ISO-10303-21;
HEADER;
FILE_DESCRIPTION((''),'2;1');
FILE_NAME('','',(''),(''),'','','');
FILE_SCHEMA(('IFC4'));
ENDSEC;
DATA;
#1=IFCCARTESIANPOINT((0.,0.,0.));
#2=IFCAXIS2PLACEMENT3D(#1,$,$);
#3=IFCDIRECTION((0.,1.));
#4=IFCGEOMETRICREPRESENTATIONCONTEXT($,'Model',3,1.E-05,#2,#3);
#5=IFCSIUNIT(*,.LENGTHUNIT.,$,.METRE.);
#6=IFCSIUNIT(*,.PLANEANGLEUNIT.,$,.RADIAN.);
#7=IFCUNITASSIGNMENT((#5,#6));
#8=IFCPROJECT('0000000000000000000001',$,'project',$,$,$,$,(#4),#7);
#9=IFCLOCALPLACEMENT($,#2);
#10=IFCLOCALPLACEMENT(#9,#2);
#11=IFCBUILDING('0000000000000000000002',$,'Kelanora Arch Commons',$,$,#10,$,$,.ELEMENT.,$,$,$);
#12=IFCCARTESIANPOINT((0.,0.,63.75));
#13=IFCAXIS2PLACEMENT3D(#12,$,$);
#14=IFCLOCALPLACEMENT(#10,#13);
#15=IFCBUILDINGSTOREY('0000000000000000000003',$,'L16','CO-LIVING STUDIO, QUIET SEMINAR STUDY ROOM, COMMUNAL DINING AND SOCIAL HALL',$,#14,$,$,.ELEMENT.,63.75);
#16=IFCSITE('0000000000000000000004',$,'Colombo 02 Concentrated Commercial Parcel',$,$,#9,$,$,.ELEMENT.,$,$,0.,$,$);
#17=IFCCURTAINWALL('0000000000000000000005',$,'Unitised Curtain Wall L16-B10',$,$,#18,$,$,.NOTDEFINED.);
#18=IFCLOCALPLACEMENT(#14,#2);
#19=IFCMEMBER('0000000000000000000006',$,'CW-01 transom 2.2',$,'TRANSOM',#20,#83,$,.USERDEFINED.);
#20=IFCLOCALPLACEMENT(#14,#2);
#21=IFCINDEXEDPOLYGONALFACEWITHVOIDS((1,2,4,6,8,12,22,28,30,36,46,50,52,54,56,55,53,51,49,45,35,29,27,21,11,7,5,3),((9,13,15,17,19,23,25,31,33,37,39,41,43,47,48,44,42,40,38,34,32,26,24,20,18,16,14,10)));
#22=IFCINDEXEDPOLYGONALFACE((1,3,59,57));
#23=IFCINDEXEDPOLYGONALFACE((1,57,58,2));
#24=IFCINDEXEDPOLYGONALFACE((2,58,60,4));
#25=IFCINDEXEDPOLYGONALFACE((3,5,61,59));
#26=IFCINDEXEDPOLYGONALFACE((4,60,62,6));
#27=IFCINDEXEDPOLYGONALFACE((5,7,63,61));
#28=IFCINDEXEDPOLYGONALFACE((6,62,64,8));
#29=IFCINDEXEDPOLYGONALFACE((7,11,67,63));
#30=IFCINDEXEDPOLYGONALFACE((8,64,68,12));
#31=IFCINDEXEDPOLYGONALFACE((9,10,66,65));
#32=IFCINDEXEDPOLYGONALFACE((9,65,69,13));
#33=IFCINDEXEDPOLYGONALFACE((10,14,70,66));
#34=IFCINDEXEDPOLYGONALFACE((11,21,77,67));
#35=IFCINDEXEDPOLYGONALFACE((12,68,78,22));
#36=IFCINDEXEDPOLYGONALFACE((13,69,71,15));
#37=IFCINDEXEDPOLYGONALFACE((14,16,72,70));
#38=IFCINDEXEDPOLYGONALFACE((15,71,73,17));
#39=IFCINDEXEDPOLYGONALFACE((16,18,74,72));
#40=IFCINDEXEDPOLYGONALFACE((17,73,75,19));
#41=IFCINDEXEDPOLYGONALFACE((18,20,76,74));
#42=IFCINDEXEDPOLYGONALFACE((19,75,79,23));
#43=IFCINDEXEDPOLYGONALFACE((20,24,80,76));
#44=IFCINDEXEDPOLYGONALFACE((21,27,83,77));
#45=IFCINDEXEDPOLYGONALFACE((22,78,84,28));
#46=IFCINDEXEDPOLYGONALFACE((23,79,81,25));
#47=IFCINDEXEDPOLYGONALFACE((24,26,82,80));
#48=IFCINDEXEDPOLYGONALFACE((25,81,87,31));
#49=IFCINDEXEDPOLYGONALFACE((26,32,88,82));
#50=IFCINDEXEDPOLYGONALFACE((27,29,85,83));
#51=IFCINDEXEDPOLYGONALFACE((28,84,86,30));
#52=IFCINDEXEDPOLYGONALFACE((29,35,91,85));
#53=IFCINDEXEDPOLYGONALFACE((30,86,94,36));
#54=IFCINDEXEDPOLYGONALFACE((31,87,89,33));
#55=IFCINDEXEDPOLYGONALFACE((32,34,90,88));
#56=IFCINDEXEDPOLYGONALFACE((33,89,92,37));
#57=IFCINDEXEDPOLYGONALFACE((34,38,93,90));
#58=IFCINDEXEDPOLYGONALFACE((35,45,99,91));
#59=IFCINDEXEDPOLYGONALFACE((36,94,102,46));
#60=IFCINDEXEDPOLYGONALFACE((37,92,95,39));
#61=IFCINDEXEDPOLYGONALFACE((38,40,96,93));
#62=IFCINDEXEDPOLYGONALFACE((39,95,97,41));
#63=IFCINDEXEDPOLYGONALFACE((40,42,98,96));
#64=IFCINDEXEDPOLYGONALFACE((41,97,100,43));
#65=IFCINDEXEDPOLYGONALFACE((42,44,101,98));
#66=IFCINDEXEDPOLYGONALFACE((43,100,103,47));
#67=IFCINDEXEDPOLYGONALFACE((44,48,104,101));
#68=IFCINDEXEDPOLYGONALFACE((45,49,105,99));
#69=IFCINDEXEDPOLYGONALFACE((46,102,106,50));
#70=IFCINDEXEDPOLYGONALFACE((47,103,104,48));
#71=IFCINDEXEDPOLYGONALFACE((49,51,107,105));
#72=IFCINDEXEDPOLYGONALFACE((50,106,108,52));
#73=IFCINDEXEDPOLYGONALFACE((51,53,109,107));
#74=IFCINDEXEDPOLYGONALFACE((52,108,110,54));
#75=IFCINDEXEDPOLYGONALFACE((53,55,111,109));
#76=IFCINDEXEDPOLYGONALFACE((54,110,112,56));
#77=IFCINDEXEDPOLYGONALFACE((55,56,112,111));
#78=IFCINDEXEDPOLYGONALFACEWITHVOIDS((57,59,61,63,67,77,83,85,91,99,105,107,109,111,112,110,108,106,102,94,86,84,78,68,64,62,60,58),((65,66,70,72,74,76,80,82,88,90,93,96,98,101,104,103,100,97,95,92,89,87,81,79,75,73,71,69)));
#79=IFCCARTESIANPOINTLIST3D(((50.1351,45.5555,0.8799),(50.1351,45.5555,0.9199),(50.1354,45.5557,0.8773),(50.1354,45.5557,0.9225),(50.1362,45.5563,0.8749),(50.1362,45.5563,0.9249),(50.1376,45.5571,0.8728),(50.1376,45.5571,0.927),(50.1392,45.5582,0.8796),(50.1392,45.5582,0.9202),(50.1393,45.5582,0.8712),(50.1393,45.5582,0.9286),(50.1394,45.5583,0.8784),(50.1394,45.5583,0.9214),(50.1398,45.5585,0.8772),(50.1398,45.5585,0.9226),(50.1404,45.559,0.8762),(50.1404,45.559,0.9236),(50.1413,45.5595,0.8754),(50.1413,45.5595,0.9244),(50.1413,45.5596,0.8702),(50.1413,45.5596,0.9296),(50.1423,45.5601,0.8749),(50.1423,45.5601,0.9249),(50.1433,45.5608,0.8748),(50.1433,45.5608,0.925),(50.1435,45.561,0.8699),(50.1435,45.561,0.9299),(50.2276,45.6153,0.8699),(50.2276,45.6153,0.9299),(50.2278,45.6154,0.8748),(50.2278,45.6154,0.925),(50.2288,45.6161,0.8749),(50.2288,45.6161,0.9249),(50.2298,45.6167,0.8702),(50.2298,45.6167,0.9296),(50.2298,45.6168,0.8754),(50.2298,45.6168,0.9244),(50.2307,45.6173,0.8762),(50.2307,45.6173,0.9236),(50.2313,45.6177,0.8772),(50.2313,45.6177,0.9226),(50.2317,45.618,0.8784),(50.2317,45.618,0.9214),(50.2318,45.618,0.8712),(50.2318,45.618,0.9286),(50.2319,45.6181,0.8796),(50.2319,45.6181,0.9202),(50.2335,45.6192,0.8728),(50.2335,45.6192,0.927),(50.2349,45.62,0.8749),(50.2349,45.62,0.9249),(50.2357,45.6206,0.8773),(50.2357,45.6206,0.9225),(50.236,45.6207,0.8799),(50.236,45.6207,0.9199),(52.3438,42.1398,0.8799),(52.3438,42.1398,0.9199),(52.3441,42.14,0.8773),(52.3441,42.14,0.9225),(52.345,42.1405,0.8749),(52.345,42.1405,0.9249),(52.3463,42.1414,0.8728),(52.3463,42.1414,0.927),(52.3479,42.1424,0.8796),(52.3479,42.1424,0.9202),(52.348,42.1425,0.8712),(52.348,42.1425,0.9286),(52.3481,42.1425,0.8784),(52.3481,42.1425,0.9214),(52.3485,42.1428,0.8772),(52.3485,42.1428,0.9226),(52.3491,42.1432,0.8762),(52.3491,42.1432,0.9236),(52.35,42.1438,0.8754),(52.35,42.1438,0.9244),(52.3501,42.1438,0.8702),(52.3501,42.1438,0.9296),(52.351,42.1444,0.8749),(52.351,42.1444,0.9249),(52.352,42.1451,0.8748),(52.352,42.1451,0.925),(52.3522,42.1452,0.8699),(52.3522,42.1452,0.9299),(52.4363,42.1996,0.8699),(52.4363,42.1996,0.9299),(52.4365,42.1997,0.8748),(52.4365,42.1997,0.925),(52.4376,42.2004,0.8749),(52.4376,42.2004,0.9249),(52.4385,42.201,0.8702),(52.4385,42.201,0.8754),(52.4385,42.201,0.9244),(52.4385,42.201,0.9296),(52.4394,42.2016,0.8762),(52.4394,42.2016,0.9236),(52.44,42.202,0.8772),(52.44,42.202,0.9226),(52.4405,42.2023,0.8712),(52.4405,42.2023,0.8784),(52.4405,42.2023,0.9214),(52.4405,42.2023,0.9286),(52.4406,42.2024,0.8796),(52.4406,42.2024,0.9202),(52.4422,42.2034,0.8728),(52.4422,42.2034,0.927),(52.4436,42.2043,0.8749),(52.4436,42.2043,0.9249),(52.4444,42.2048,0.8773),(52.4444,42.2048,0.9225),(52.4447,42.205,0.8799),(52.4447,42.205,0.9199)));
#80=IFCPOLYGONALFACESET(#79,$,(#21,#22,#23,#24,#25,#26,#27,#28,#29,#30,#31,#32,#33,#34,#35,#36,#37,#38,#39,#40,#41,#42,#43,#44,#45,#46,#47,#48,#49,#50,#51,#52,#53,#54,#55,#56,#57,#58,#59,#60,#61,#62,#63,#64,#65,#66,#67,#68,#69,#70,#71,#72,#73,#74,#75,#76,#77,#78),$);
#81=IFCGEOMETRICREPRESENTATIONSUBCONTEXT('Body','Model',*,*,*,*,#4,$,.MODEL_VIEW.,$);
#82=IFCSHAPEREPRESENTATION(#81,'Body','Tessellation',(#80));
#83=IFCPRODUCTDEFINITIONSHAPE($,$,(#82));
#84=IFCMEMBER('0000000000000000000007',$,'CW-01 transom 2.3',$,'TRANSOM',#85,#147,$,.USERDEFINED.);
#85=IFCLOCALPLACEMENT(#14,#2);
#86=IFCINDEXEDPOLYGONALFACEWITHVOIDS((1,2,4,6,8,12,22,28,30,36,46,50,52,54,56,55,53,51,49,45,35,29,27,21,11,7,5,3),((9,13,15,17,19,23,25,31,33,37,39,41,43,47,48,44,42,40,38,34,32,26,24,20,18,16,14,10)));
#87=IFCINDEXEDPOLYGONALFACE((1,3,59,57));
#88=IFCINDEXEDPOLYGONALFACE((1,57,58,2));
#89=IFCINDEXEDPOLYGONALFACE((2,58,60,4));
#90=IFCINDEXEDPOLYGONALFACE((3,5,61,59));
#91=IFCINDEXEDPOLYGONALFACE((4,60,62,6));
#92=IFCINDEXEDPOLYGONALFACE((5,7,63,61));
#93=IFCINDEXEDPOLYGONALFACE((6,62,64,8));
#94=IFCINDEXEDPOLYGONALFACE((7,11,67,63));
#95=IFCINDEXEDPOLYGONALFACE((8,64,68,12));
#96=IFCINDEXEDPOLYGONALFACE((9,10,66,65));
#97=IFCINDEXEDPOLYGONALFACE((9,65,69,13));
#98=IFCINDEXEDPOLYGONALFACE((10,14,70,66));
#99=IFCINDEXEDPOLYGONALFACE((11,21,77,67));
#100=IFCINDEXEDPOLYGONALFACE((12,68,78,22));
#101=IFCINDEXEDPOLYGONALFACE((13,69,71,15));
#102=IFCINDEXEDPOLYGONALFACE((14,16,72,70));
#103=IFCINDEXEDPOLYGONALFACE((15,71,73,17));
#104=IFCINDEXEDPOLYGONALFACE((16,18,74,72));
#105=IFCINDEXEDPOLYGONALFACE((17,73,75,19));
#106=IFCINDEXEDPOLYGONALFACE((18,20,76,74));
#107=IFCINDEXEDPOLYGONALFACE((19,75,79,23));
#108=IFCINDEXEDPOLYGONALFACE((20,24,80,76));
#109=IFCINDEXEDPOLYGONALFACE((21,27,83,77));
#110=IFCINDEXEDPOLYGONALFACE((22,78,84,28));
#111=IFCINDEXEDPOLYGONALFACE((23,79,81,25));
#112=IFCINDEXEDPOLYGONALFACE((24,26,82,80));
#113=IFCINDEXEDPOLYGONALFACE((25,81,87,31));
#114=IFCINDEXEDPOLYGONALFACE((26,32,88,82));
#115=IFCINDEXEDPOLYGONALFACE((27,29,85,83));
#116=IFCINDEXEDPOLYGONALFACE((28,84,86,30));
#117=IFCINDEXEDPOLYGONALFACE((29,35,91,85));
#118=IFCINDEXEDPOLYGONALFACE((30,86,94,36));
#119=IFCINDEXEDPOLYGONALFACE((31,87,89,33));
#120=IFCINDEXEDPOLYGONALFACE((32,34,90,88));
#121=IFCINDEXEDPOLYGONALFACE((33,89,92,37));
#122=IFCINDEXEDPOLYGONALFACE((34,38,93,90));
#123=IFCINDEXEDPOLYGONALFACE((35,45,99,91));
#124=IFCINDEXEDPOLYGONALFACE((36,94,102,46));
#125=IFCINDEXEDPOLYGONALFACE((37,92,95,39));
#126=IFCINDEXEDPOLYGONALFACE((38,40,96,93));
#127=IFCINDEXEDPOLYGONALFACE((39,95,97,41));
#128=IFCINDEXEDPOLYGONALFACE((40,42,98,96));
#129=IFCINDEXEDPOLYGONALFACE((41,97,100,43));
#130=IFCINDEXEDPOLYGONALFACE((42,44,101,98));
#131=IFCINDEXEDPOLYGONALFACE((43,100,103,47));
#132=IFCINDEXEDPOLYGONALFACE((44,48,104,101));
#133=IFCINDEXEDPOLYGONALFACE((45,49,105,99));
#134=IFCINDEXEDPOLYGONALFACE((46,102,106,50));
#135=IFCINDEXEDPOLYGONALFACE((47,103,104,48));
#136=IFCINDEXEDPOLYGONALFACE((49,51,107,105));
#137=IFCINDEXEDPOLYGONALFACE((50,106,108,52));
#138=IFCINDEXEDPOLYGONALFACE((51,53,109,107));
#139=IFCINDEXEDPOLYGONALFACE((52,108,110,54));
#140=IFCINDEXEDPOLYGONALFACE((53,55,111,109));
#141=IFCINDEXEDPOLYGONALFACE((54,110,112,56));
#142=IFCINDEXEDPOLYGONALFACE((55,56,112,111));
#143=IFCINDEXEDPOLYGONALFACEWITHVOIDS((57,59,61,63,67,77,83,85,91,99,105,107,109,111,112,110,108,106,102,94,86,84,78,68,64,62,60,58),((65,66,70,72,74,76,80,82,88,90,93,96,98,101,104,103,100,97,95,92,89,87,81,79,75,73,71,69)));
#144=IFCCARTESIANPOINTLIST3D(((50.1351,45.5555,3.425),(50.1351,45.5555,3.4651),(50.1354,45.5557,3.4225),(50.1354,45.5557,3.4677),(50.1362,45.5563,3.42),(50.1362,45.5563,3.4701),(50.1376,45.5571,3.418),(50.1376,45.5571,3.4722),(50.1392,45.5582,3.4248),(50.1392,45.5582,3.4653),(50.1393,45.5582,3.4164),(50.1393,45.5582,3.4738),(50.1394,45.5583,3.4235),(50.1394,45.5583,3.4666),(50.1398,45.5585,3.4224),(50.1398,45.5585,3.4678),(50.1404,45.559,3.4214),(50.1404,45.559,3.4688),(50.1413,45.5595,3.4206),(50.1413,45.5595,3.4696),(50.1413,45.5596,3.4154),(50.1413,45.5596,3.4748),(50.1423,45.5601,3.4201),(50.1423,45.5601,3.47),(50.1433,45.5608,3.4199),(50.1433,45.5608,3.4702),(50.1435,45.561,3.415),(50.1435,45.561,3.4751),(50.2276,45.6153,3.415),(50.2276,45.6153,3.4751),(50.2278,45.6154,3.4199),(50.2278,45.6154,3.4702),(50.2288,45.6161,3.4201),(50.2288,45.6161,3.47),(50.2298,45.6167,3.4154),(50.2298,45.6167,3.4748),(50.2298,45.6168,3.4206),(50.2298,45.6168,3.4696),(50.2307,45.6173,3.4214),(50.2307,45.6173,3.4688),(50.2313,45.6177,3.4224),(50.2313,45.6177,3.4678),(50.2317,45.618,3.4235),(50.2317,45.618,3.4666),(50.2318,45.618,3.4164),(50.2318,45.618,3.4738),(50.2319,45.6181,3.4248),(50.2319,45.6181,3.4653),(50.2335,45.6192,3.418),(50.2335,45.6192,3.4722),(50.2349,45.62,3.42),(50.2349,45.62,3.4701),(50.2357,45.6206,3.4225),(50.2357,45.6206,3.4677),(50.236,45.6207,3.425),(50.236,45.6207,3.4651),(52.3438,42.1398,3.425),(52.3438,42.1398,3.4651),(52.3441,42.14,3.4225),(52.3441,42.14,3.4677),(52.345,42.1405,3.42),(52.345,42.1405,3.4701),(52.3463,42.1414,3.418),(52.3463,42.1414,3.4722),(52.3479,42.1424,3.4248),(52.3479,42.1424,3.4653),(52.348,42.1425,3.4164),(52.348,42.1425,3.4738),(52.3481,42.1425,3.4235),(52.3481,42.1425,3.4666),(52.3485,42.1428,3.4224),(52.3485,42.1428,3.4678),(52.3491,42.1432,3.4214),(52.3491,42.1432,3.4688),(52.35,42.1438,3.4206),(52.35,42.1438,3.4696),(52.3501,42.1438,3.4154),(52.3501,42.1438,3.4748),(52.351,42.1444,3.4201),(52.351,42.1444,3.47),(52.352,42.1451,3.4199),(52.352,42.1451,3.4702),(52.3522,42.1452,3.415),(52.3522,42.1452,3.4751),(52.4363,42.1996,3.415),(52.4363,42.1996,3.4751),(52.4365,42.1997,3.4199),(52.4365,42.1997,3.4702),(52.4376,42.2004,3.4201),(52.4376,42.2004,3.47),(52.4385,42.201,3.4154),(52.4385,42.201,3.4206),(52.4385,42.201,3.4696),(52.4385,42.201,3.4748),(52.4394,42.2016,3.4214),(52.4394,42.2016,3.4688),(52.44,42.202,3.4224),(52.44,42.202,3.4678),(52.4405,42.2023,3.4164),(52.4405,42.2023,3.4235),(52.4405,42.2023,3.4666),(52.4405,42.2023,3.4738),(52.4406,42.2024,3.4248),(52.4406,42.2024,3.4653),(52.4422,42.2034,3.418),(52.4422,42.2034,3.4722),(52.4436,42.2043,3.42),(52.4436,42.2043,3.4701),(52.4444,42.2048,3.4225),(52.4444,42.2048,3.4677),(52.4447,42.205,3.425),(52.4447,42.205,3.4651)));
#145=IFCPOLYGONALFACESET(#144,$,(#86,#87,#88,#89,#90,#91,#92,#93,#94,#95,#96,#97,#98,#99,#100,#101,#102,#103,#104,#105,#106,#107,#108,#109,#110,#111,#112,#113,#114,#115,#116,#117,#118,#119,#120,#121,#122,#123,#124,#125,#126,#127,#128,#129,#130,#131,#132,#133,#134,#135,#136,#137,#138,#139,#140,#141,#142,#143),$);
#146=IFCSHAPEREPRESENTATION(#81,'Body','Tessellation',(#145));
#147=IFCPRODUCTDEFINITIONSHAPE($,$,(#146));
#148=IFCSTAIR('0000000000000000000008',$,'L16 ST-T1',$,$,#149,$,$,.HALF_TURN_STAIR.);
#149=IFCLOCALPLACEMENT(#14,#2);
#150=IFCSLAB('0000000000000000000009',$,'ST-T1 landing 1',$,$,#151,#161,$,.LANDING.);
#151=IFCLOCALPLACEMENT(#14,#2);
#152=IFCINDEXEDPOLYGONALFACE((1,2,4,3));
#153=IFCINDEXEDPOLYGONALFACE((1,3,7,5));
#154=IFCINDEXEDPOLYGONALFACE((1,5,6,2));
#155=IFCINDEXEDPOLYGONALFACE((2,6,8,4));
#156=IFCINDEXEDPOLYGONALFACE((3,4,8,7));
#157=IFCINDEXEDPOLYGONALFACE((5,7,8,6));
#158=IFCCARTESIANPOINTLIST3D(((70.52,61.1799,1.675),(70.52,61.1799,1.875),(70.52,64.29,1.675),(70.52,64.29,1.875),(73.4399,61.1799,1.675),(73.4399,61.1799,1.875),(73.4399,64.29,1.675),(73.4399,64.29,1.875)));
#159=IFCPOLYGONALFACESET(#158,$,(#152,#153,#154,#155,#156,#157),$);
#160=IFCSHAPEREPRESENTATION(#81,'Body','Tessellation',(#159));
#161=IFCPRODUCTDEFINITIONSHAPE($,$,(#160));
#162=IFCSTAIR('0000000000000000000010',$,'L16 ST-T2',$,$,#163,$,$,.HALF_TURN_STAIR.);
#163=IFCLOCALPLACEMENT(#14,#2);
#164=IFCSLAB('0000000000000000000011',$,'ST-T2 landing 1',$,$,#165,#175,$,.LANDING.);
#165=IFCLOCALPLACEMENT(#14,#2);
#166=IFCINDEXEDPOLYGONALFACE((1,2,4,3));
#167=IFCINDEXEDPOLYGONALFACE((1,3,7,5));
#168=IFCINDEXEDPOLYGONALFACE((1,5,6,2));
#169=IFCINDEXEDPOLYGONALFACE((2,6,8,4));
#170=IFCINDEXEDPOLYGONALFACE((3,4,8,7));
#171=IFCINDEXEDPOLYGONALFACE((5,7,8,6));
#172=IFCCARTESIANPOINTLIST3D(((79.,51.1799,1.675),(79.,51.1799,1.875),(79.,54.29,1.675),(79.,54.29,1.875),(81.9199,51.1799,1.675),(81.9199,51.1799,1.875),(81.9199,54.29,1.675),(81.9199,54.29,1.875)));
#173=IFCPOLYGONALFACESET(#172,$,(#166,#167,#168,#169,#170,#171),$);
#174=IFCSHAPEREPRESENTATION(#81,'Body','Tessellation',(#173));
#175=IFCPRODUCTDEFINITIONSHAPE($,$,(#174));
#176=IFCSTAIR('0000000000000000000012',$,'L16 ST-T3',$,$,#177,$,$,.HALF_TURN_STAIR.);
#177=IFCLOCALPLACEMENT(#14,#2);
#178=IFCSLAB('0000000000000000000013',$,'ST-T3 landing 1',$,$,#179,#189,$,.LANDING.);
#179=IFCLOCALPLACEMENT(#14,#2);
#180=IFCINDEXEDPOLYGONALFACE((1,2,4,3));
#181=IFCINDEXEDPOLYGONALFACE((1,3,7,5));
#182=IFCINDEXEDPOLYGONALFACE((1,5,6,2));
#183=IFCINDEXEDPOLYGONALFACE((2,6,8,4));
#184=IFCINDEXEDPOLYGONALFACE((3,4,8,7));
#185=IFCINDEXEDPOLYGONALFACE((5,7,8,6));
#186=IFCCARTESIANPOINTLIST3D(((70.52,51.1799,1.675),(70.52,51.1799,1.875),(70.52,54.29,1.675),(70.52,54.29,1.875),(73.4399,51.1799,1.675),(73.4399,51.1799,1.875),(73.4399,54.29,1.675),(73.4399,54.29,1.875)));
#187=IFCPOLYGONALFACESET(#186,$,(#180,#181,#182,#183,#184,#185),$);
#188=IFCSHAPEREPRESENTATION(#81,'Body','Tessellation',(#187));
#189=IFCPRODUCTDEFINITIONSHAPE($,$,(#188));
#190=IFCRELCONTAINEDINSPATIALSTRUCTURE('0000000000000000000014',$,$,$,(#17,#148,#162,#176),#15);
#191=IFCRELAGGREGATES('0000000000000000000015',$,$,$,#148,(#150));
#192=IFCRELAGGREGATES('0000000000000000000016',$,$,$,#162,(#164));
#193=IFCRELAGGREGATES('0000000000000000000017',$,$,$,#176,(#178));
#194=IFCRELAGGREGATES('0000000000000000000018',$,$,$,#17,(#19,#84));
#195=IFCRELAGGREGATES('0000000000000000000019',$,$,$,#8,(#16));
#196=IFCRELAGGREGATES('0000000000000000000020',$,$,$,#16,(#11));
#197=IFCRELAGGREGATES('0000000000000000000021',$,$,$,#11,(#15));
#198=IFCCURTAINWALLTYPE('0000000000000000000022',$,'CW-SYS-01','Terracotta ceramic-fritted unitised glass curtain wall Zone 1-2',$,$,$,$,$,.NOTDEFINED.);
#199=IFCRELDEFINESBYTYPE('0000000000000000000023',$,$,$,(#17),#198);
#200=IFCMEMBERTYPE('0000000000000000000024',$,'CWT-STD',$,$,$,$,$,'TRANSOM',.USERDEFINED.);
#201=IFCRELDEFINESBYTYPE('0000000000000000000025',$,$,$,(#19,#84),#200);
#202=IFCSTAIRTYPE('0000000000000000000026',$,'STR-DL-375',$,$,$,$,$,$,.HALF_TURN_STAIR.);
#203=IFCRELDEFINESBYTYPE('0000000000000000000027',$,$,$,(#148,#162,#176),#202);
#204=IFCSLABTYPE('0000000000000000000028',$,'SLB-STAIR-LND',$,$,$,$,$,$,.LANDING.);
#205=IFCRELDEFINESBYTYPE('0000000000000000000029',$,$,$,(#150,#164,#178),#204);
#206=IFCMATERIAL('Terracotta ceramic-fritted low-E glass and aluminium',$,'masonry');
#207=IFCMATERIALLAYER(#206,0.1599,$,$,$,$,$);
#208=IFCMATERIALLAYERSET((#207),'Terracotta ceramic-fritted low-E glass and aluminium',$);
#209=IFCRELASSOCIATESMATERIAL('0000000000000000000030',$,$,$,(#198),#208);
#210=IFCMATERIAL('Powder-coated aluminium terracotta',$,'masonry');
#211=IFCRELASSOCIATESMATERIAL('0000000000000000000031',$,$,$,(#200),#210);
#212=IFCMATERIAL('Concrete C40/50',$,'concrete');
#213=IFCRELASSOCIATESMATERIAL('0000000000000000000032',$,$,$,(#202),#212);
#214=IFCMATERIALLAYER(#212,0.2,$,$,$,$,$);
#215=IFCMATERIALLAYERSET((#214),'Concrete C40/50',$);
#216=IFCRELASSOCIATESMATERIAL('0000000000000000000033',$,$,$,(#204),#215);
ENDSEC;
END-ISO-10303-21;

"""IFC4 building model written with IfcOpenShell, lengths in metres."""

from ifc_helpers import new_model, si_unit, direction, frame, origin, origin_2d, place, context, subcontext, project, spatial, polyline, hollow_rectangle, outline, extrude, material, layer, layer_set, material_profile, profile_set, type_object, element, aggregate, save


model = new_model("IFC4")

# Units and contexts
model_context = context("Model", 3, precision=1e-05, world=origin(), true_north=direction((0.0, 1.0)))
body_context = subcontext(model_context, "Body", "Model", "MODEL_VIEW")
ifc_project = project(units=[si_unit("LENGTHUNIT", "METRE"), si_unit("PLANEANGLEUNIT", "RADIAN")], contexts=[model_context])

# Site, building, storey
site_placement = place(None, origin())
site = spatial("IfcSite", under=ifc_project, at=site_placement, Name="Colombo 02 Concentrated Commercial Parcel", CompositionType="ELEMENT", RefElevation=0.0)
building_placement = place(site_placement, origin())
building = spatial("IfcBuilding", under=site, at=building_placement, Name="Kelanora Arch Commons", CompositionType="ELEMENT")
storey_placement = place(building_placement, frame((0.0, 0.0, 63.75)))
storey = spatial("IfcBuildingStorey", under=building, at=storey_placement, Name="L16", Description="CO-LIVING STUDIO, QUIET SEMINAR STUDY ROOM, COMMUNAL DINING AND SOCIAL HALL", CompositionType="ELEMENT", Elevation=63.75)

# Shared definitions
ifc_material_1 = material(Name="Terracotta ceramic-fritted low-E glass and aluminium", Category="masonry")
ifc_layer_1 = layer(ifc_material_1, 0.1599)
ifc_layer_set_1 = layer_set([ifc_layer_1], Name="Terracotta ceramic-fritted low-E glass and aluminium")
curtain_wall_type = type_object("IfcCurtainWallType", Name="CW-SYS-01", Description="Terracotta ceramic-fritted unitised glass curtain wall Zone 1-2", PredefinedType="NOTDEFINED", material=ifc_layer_set_1)
ifc_material_2 = material(Name="Powder-coated aluminium terracotta", Category="masonry")

# Curtain wall, members
curtain_wall_1_placement = place(storey_placement, origin())
curtain_wall_1 = element("IfcCurtainWall", 1, at=curtain_wall_1_placement, inside=storey, type_object=curtain_wall_type, Name="Unitised Curtain Wall L16-B10", PredefinedType="NOTDEFINED")
ifc_material_profile_1 = material_profile(ifc_material_2, hollow_rectangle(XDim=0.1201, YDim=0.0601, WallThickness=0.0049, InnerFilletRadius=0.0049, OuterFilletRadius=0.01, at=origin_2d()), Name="CWT120x60")
ifc_profile_set_1 = profile_set([ifc_material_profile_1], Name="Powder-coated aluminium terracotta")
member_type_1 = type_object("IfcMemberType", Name="CWT-STD", ElementType="TRANSOM", PredefinedType="USERDEFINED", material=ifc_profile_set_1)
member_1_placement = place(storey_placement, frame((50.1855, 45.5881, 0.8999), z_axis=(0.542997, -0.839734, 0.0), x_axis=(0.839734, 0.542997, 0.0)))
member_1 = element("IfcMember", 2, at=member_1_placement, type_object=member_type_1, Name="CW-01 transom 2.2", ObjectType="TRANSOM", PredefinedType="USERDEFINED", context=body_context, shape_type="SweptSolid", body=[
    extrude(hollow_rectangle(XDim=0.1201, YDim=0.0601, WallThickness=0.0049, InnerFilletRadius=0.0049, OuterFilletRadius=0.01, at=origin_2d()), origin(), (0.0, 0.0, 1.0), 4.0676),
])
member_2_placement = place(storey_placement, frame((50.1855, 45.5881, 3.4451), z_axis=(0.542997, -0.839734, 0.0), x_axis=(0.839734, 0.542997, 0.0)))
member_2 = element("IfcMember", 3, at=member_2_placement, type_object=member_type_1, Name="CW-01 transom 2.3", ObjectType="TRANSOM", PredefinedType="USERDEFINED", context=body_context, shape_type="SweptSolid", body=[
    extrude(hollow_rectangle(XDim=0.1201, YDim=0.0601, WallThickness=0.0049, InnerFilletRadius=0.0049, OuterFilletRadius=0.01, at=origin_2d()), origin(), (0.0, 0.0, 1.0), 4.0676),
])

# Stairs, slabs
ifc_material_3 = material(Name="Concrete C40/50", Category="concrete")
stair_type = type_object("IfcStairType", Name="STR-DL-375", PredefinedType="HALF_TURN_STAIR", material=ifc_material_3)
stair_1_placement = place(storey_placement, origin())
stair_1 = element("IfcStair", 4, at=stair_1_placement, inside=storey, type_object=stair_type, Name="L16 ST-T1", PredefinedType="HALF_TURN_STAIR")
ifc_layer_2 = layer(ifc_material_3, 0.2)
ifc_layer_set_2 = layer_set([ifc_layer_2], Name="Concrete C40/50")
slab_type_1 = type_object("IfcSlabType", Name="SLB-STAIR-LND", PredefinedType="LANDING", material=ifc_layer_set_2)
slab_1_placement = place(storey_placement, frame((0.0, 0.0, 1.675)))
slab_1 = element("IfcSlab", 5, at=slab_1_placement, type_object=slab_type_1, Name="ST-T1 landing 1", PredefinedType="LANDING", context=body_context, shape_type="SweptSolid", body=[
    extrude(outline(polyline([(70.52, 61.1799), (73.4399, 61.1799), (73.4399, 64.29), (70.52, 64.29), (70.52, 61.1799)])), origin(), (0.0, 0.0, 1.0), 0.2),
])
aggregate(stair_1, [slab_1])
stair_2_placement = place(storey_placement, origin())
stair_2 = element("IfcStair", 6, at=stair_2_placement, inside=storey, type_object=stair_type, Name="L16 ST-T2", PredefinedType="HALF_TURN_STAIR")
slab_2_placement = place(storey_placement, frame((0.0, 0.0, 1.675)))
slab_2 = element("IfcSlab", 7, at=slab_2_placement, type_object=slab_type_1, Name="ST-T2 landing 1", PredefinedType="LANDING", context=body_context, shape_type="SweptSolid", body=[
    extrude(outline(polyline([(79.0, 51.1799), (81.9199, 51.1799), (81.9199, 54.29), (79.0, 54.29), (79.0, 51.1799)])), origin(), (0.0, 0.0, 1.0), 0.2),
])
aggregate(stair_2, [slab_2])
stair_3_placement = place(storey_placement, origin())
stair_3 = element("IfcStair", 8, at=stair_3_placement, inside=storey, type_object=stair_type, Name="L16 ST-T3", PredefinedType="HALF_TURN_STAIR")
slab_3_placement = place(storey_placement, frame((0.0, 0.0, 1.675)))
slab_3 = element("IfcSlab", 9, at=slab_3_placement, type_object=slab_type_1, Name="ST-T3 landing 1", PredefinedType="LANDING", context=body_context, shape_type="SweptSolid", body=[
    extrude(outline(polyline([(70.52, 51.1799), (73.4399, 51.1799), (73.4399, 54.29), (70.52, 54.29), (70.52, 51.1799)])), origin(), (0.0, 0.0, 1.0), 0.2),
])
aggregate(stair_3, [slab_3])

aggregate(curtain_wall_1, [member_1, member_2])

save(model, "model.ifc")
